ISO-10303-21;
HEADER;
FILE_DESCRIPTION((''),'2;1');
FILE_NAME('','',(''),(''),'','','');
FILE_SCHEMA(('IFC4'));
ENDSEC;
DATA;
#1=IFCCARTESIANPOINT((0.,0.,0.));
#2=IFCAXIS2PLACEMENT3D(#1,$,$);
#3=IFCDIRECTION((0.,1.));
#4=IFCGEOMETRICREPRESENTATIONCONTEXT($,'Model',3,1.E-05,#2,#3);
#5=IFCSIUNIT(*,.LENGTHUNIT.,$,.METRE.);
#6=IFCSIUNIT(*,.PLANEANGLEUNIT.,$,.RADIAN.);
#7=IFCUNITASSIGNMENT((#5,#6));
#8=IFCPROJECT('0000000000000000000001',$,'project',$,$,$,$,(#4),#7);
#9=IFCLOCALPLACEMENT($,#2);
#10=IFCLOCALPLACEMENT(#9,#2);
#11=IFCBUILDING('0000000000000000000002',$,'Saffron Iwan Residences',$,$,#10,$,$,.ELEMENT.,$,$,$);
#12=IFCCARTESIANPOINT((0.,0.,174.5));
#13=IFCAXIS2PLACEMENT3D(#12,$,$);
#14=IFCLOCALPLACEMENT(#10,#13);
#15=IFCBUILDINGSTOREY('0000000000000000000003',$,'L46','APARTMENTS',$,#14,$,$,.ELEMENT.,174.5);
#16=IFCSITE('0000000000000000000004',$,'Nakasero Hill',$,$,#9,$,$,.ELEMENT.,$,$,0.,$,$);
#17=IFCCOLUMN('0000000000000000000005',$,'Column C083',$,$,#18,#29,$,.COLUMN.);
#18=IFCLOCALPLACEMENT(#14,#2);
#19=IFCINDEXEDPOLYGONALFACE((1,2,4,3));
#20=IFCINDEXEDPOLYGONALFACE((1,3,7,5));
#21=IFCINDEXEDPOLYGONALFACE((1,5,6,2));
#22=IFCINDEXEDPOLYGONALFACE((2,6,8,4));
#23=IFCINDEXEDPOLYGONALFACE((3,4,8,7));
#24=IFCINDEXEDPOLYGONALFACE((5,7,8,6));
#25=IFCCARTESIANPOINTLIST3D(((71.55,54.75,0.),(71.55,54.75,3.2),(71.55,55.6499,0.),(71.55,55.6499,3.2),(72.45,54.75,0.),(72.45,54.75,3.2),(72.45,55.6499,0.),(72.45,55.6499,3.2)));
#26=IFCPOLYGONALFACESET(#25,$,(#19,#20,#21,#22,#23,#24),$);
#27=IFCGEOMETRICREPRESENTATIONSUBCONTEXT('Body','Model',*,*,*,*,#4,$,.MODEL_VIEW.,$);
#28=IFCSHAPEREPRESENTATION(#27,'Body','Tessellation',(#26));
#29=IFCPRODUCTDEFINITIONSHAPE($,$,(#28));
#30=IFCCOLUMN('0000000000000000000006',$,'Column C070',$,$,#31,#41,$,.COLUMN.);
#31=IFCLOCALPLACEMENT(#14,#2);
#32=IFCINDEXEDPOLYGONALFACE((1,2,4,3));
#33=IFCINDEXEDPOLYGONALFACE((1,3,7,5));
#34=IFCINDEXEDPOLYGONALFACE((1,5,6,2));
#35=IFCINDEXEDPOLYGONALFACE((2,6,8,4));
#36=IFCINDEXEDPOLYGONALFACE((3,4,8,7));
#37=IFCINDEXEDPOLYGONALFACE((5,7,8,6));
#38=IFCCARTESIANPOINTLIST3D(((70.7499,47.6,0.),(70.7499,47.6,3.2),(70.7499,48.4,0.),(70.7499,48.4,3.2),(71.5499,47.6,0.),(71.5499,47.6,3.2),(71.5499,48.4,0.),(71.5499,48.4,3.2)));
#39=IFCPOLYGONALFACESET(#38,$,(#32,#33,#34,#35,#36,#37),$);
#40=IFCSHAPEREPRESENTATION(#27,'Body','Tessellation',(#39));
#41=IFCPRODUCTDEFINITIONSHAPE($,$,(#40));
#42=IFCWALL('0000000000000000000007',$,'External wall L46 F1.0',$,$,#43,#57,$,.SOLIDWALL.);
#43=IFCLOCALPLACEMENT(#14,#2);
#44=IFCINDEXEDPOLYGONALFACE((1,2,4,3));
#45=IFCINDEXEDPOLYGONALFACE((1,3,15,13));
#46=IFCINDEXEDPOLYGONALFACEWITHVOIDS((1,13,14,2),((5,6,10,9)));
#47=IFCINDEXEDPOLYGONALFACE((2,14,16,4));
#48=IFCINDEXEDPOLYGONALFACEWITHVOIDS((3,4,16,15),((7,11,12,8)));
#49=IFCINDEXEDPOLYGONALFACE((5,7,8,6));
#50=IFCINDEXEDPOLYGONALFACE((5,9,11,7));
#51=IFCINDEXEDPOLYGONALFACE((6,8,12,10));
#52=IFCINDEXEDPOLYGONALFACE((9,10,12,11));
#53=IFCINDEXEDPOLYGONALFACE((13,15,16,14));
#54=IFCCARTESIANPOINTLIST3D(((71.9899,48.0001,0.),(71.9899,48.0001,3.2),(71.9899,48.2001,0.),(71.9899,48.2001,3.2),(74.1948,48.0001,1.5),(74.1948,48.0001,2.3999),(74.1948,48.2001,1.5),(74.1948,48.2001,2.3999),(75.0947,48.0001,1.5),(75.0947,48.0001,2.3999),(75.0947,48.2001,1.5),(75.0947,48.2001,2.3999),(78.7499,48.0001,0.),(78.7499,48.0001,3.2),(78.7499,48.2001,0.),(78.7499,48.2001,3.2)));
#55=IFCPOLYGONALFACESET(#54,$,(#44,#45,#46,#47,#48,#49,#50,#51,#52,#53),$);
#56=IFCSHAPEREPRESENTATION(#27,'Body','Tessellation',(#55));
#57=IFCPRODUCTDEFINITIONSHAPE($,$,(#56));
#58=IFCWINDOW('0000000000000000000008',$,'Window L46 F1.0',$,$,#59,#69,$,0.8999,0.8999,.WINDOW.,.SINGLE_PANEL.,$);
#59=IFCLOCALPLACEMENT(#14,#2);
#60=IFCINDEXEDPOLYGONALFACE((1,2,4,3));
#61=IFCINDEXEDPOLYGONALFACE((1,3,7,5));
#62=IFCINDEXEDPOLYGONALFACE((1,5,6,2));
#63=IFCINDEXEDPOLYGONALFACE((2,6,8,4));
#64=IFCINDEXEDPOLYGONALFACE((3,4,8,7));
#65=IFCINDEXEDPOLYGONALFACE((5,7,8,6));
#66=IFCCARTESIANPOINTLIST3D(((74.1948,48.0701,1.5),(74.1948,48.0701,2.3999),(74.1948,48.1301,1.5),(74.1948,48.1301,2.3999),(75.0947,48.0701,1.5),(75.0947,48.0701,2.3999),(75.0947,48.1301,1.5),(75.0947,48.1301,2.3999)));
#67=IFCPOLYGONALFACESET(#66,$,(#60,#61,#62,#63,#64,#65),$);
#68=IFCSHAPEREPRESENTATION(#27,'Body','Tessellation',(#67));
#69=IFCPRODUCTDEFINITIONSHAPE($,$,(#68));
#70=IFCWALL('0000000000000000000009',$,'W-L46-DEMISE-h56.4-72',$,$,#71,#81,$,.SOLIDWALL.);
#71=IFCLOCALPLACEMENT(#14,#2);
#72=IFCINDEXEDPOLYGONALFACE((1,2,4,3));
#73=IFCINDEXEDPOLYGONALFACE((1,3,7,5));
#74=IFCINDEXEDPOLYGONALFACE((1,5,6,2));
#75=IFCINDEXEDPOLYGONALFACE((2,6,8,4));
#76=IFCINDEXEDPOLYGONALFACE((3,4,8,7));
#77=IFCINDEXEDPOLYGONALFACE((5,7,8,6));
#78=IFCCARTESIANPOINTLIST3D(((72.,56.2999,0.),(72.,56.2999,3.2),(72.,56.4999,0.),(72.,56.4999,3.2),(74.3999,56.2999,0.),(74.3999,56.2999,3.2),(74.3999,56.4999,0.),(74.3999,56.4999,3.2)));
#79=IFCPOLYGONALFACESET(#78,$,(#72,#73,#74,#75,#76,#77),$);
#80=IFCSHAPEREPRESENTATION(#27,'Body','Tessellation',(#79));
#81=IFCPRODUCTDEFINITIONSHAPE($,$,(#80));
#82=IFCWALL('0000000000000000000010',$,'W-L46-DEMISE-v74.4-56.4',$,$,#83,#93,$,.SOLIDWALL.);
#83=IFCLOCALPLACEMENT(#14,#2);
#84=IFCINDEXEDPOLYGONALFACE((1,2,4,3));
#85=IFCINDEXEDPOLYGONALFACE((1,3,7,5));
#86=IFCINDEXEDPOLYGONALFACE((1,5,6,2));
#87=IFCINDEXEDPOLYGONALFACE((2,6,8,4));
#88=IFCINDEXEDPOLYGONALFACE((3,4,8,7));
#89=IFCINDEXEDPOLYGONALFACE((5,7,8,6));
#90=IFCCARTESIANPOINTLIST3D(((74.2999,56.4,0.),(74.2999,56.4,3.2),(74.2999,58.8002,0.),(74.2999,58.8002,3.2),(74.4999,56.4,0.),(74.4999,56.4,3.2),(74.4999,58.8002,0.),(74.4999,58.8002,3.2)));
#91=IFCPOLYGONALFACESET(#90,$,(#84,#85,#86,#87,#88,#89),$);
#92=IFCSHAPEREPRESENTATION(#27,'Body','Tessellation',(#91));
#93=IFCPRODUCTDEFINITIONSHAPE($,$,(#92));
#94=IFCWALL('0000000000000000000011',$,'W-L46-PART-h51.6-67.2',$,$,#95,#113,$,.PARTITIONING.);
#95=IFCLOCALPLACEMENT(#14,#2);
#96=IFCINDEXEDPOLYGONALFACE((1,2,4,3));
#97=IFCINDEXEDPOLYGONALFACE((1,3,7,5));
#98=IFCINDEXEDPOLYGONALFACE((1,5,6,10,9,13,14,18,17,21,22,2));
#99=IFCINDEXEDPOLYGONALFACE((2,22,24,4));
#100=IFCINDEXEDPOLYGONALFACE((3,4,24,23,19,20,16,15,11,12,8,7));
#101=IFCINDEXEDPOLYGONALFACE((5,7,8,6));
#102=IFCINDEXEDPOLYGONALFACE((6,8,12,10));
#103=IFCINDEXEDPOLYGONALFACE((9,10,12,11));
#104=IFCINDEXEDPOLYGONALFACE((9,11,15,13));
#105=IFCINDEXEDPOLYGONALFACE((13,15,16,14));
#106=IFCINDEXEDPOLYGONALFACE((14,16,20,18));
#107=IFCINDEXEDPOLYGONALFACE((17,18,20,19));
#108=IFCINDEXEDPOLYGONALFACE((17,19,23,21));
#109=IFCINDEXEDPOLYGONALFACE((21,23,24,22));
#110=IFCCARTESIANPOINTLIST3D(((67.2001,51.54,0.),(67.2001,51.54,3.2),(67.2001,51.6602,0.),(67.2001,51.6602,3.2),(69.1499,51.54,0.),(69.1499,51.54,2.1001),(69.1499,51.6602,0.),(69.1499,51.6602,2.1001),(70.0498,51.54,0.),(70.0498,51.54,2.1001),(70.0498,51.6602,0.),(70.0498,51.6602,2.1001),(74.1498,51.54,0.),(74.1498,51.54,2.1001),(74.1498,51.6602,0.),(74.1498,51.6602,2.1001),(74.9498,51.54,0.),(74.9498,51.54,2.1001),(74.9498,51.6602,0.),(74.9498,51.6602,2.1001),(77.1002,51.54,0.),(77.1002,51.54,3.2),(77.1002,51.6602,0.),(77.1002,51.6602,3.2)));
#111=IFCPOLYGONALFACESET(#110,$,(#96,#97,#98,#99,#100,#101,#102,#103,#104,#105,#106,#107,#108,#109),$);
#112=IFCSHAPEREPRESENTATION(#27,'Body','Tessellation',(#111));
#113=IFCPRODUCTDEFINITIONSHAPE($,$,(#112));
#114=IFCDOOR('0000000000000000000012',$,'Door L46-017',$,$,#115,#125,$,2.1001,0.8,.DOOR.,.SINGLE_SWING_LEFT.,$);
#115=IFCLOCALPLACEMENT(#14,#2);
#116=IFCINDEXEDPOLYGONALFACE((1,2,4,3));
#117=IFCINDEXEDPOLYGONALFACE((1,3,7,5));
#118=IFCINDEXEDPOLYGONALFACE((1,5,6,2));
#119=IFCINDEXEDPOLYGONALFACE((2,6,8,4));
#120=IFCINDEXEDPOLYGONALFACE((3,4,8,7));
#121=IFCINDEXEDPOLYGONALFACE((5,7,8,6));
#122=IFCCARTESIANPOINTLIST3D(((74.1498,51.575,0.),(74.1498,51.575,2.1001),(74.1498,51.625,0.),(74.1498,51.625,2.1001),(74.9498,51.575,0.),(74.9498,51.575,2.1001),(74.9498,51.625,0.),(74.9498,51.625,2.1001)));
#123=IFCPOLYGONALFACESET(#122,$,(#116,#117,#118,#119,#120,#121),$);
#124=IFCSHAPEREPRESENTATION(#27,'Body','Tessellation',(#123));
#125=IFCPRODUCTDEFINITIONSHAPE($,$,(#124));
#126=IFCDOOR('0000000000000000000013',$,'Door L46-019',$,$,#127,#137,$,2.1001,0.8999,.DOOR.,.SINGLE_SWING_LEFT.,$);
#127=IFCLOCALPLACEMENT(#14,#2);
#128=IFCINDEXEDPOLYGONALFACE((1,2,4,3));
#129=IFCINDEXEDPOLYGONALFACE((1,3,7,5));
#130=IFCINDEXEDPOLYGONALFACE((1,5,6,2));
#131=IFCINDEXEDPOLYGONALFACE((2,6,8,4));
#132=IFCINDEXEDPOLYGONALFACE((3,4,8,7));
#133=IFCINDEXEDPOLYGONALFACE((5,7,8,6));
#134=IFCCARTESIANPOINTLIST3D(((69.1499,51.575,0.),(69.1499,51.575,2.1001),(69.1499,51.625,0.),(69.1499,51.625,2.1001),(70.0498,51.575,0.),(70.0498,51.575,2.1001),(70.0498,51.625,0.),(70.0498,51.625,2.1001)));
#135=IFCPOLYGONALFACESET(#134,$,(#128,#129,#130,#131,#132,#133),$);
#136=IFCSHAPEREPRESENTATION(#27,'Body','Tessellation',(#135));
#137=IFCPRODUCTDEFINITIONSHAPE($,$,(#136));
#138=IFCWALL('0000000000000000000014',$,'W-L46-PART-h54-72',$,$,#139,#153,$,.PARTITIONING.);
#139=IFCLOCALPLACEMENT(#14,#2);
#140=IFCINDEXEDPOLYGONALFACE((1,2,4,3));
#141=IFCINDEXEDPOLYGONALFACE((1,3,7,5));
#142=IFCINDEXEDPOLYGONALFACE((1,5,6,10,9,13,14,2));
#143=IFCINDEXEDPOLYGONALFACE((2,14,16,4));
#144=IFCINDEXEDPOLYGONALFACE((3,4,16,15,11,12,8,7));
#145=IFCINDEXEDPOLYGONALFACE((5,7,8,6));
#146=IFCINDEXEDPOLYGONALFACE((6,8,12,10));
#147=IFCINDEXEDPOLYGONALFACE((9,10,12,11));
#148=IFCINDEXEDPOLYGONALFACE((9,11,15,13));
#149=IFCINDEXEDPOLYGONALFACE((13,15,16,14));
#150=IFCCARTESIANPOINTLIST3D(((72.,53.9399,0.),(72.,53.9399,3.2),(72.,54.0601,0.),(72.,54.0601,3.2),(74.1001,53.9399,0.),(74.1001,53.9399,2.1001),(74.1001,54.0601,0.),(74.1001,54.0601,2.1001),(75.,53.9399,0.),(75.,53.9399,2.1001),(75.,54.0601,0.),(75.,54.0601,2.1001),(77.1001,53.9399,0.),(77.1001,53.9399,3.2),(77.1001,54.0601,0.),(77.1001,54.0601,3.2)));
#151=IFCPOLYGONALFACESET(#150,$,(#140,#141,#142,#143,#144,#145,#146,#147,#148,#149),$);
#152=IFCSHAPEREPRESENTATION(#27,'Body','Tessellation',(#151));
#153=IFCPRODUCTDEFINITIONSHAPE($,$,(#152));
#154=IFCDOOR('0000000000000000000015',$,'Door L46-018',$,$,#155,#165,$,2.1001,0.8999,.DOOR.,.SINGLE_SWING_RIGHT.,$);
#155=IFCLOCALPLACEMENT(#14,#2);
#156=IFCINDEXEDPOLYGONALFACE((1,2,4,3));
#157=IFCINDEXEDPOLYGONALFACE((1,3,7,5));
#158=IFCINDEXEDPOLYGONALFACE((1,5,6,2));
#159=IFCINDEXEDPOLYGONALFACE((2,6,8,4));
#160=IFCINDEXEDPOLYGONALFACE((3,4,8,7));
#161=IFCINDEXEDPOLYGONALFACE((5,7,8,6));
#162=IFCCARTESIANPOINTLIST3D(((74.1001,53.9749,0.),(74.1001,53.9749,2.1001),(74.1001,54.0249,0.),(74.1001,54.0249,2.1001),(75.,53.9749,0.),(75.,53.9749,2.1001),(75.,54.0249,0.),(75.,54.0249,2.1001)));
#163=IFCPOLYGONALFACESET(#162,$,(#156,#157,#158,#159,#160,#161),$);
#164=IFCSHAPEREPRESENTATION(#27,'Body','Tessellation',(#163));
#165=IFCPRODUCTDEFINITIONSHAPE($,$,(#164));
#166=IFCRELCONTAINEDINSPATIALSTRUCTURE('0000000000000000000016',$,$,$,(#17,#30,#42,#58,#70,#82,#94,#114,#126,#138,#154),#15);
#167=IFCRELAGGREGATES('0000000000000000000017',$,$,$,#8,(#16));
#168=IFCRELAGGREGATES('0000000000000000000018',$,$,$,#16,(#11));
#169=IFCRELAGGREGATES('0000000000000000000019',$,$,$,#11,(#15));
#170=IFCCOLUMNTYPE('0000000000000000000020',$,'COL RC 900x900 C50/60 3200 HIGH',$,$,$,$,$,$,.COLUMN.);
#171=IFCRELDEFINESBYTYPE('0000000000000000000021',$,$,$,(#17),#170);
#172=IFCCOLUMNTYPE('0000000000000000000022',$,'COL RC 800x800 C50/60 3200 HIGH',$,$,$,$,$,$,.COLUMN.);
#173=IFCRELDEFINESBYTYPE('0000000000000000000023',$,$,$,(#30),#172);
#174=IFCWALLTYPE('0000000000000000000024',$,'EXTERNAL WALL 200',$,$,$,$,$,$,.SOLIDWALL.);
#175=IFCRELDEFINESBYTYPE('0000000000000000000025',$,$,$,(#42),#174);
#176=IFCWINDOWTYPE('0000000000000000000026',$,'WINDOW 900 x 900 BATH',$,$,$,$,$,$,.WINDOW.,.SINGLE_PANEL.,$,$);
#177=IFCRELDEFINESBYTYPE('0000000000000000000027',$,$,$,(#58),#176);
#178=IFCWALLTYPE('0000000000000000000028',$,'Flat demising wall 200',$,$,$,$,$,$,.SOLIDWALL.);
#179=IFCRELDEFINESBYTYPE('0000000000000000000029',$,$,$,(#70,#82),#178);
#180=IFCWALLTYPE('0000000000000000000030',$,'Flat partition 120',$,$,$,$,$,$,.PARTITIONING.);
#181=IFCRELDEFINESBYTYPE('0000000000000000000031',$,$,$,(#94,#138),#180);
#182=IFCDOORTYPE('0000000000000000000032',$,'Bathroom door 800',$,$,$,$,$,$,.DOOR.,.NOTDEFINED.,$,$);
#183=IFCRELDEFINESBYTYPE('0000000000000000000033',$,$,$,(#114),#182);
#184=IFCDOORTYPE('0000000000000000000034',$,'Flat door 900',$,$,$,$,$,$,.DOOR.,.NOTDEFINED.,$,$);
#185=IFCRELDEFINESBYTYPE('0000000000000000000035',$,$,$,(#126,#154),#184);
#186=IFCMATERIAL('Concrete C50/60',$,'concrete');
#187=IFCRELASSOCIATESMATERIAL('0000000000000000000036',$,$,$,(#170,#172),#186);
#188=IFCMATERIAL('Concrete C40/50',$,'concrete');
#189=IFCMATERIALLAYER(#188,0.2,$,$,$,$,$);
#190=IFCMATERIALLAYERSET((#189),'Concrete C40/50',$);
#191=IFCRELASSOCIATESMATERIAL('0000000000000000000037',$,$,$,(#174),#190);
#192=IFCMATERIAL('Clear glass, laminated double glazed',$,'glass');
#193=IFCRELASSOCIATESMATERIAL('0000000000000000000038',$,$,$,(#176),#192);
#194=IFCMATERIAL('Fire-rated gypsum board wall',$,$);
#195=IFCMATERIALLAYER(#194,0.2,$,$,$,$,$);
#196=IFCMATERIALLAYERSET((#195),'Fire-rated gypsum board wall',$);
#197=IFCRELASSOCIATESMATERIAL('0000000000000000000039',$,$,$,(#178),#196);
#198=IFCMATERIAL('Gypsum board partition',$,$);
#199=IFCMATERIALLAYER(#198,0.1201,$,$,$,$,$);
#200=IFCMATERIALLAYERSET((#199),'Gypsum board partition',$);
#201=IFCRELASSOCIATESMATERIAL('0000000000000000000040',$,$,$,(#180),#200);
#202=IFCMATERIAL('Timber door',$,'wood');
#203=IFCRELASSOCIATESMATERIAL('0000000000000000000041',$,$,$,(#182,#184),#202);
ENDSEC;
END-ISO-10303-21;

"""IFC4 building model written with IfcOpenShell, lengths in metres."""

from ifc_helpers import new_model, si_unit, direction, frame, frame_2d, origin, origin_2d, place, context, subcontext, project, spatial, rectangle, extrude, source, transform, mapped, material, layer, layer_set, material_profile, profile_set, type_object, element, fill, save


model = new_model("IFC4")

# Units and contexts
model_context = context("Model", 3, precision=1e-05, world=origin(), true_north=direction((0.0, 1.0)))
body_context = subcontext(model_context, "Body", "Model", "MODEL_VIEW")
ifc_project = project(units=[si_unit("LENGTHUNIT", "METRE"), si_unit("PLANEANGLEUNIT", "RADIAN")], contexts=[model_context])

# Site, building, storey
site_placement = place(None, origin())
site = spatial("IfcSite", under=ifc_project, at=site_placement, Name="Nakasero Hill", CompositionType="ELEMENT", RefElevation=0.0)
building_placement = place(site_placement, origin())
building = spatial("IfcBuilding", under=site, at=building_placement, Name="Saffron Iwan Residences", CompositionType="ELEMENT")
storey_placement = place(building_placement, frame((0.0, 0.0, 174.5)))
storey = spatial("IfcBuildingStorey", under=building, at=storey_placement, Name="L46", Description="APARTMENTS", CompositionType="ELEMENT", Elevation=174.5)

# Columns
ifc_material_1 = material(Name="Concrete C50/60", Category="concrete")
ifc_material_profile_1 = material_profile(ifc_material_1, rectangle(XDim=0.8999, YDim=0.8999, at=origin_2d()), Name="RC 900x900")
ifc_profile_set_1 = profile_set([ifc_material_profile_1], Name="Concrete C50/60")
column_type_1 = type_object("IfcColumnType", Name="COL RC 900x900 C50/60 3200 HIGH", PredefinedType="COLUMN", material=ifc_profile_set_1)
shared_shape_1 = source(origin(), body_context, "Body", "SweptSolid", [
    extrude(rectangle(XDim=0.8999, YDim=0.8999, at=origin_2d()), origin(), (0.0, 0.0, 1.0), 3.2),
])
column_1_placement = place(storey_placement, frame((72.0, 55.2, 0.0), z_axis=(0.0, 0.0, 1.0), x_axis=(1.0, 0.0, 0.0)))
element("IfcColumn", 1, at=column_1_placement, inside=storey, type_object=column_type_1, Name="Column C083", PredefinedType="COLUMN", context=body_context, shape_type="MappedRepresentation", body=[
    mapped(shared_shape_1, transform((0.0, 0.0, 0.0))),
])
ifc_material_profile_2 = material_profile(ifc_material_1, rectangle(XDim=0.8, YDim=0.8, at=origin_2d()), Name="RC 800x800")
ifc_profile_set_2 = profile_set([ifc_material_profile_2], Name="Concrete C50/60")
column_type_2 = type_object("IfcColumnType", Name="COL RC 800x800 C50/60 3200 HIGH", PredefinedType="COLUMN", material=ifc_profile_set_2)
shared_shape_2 = source(origin(), body_context, "Body", "SweptSolid", [
    extrude(rectangle(XDim=0.8, YDim=0.8, at=origin_2d()), origin(), (0.0, 0.0, 1.0), 3.2),
])
column_2_placement = place(storey_placement, frame((71.1499, 48.0, 0.0), z_axis=(0.0, 0.0, 1.0), x_axis=(1.0, 0.0, 0.0)))
element("IfcColumn", 2, at=column_2_placement, inside=storey, type_object=column_type_2, Name="Column C070", PredefinedType="COLUMN", context=body_context, shape_type="MappedRepresentation", body=[
    mapped(shared_shape_2, transform((0.0, 0.0, 0.0))),
])

# Wall, opening, window
ifc_material_2 = material(Name="Concrete C40/50", Category="concrete")
ifc_layer_1 = layer(ifc_material_2, 0.2)
ifc_layer_set_1 = layer_set([ifc_layer_1], Name="Concrete C40/50")
wall_type_1 = type_object("IfcWallType", Name="EXTERNAL WALL 200", PredefinedType="SOLIDWALL", material=ifc_layer_set_1)
wall_1_placement = place(storey_placement, frame((71.99, 48.1001, 0.0), z_axis=(0.0, 0.0, 1.0), x_axis=(1.0, 0.0, 0.0)))
wall_1 = element("IfcWall", 3, at=wall_1_placement, inside=storey, type_object=wall_type_1, Name="External wall L46 F1.0", PredefinedType="SOLIDWALL", context=body_context, shape_type="SweptSolid", body=[
    extrude(rectangle(XDim=6.76, YDim=0.2, at=frame_2d((3.3799, 0.0))), origin(), (0.0, 0.0, 1.0), 3.2),
])
opening_1_placement = place(wall_1_placement, frame((2.2048, 0.0, 1.5)))
opening_1 = element("IfcOpeningElement", 4, at=opening_1_placement, cuts=wall_1, PredefinedType="OPENING", context=body_context, shape_type="SweptSolid", body=[
    extrude(rectangle(XDim=0.8999, YDim=0.8999, at=frame_2d((0.45, 0.45))), frame((0.0, 0.1099, 0.0), z_axis=(0.0, -1.0, 0.0), x_axis=(1.0, 0.0, 0.0)), (0.0, 0.0, 1.0), 0.22),
])
ifc_material_3 = material(Name="Clear glass, laminated double glazed", Category="glass")
window_type = type_object("IfcWindowType", Name="WINDOW 900 x 900 BATH", PartitioningType="SINGLE_PANEL", PredefinedType="WINDOW", material=ifc_material_3)
window_placement = place(opening_1_placement, origin())
window = element("IfcWindow", 5, at=window_placement, inside=storey, type_object=window_type, Name="Window L46 F1.0", OverallHeight=0.8999, OverallWidth=0.8999, PartitioningType="SINGLE_PANEL", PredefinedType="WINDOW", context=body_context, shape_type="SweptSolid", body=[
    extrude(rectangle(XDim=0.8999, YDim=0.8999, at=frame_2d((0.45, 0.45))), frame((0.0, 0.03, 0.0), z_axis=(0.0, -1.0, 0.0), x_axis=(1.0, 0.0, 0.0)), (0.0, 0.0, 1.0), 0.0601),
])
fill(opening_1, window)

# Walls
ifc_material_4 = material(Name="Fire-rated gypsum board wall")
ifc_layer_2 = layer(ifc_material_4, 0.2)
ifc_layer_set_2 = layer_set([ifc_layer_2], Name="Fire-rated gypsum board wall")
wall_type_2 = type_object("IfcWallType", Name="Flat demising wall 200", PredefinedType="SOLIDWALL", material=ifc_layer_set_2)
wall_2_placement = place(storey_placement, frame((72.0, 56.3999, 0.0), z_axis=(0.0, 0.0, 1.0), x_axis=(1.0, 0.0, 0.0)))
element("IfcWall", 6, at=wall_2_placement, inside=storey, type_object=wall_type_2, Name="W-L46-DEMISE-h56.4-72", PredefinedType="SOLIDWALL", context=body_context, shape_type="SweptSolid", body=[
    extrude(rectangle(XDim=2.3999, YDim=0.2, at=frame_2d((1.2, 0.0))), origin(), (0.0, 0.0, 1.0), 3.2),
])
wall_3_placement = place(storey_placement, frame((74.3999, 56.3999, 0.0), z_axis=(0.0, 0.0, 1.0), x_axis=(0.0, 1.0, 0.0)))
element("IfcWall", 7, at=wall_3_placement, inside=storey, type_object=wall_type_2, Name="W-L46-DEMISE-v74.4-56.4", PredefinedType="SOLIDWALL", context=body_context, shape_type="SweptSolid", body=[
    extrude(rectangle(XDim=2.4001, YDim=0.2, at=frame_2d((1.2002, 0.0))), origin(), (0.0, 0.0, 1.0), 3.2),
])

# Wall, openings, doors
ifc_material_5 = material(Name="Gypsum board partition")
ifc_layer_3 = layer(ifc_material_5, 0.1201)
ifc_layer_set_3 = layer_set([ifc_layer_3], Name="Gypsum board partition")
wall_type_3 = type_object("IfcWallType", Name="Flat partition 120", PredefinedType="PARTITIONING", material=ifc_layer_set_3)
wall_4_placement = place(storey_placement, frame((67.2, 51.6001, 0.0), z_axis=(0.0, 0.0, 1.0), x_axis=(1.0, 0.0, 0.0)))
wall_4 = element("IfcWall", 8, at=wall_4_placement, inside=storey, type_object=wall_type_3, Name="W-L46-PART-h51.6-67.2", PredefinedType="PARTITIONING", context=body_context, shape_type="SweptSolid", body=[
    extrude(rectangle(XDim=9.9001, YDim=0.1201, at=frame_2d((4.9502, 0.0))), origin(), (0.0, 0.0, 1.0), 3.2),
])
opening_2_placement = place(wall_4_placement, frame((6.95, 0.0, 0.0)))
opening_2 = element("IfcOpeningElement", 9, at=opening_2_placement, cuts=wall_4, PredefinedType="OPENING", context=body_context, shape_type="SweptSolid", body=[
    extrude(rectangle(XDim=0.8, YDim=2.1001, at=frame_2d((0.3999, 1.05))), frame((0.0, 0.0701, 0.0), z_axis=(0.0, -1.0, 0.0), x_axis=(1.0, 0.0, 0.0)), (0.0, 0.0, 1.0), 0.1401),
])
opening_3_placement = place(wall_4_placement, frame((1.95, 0.0, 0.0)))
opening_3 = element("IfcOpeningElement", 10, at=opening_3_placement, cuts=wall_4, PredefinedType="OPENING", context=body_context, shape_type="SweptSolid", body=[
    extrude(rectangle(XDim=0.8999, YDim=2.1001, at=frame_2d((0.45, 1.05))), frame((0.0, 0.0701, 0.0), z_axis=(0.0, -1.0, 0.0), x_axis=(1.0, 0.0, 0.0)), (0.0, 0.0, 1.0), 0.1401),
])
ifc_material_6 = material(Name="Timber door", Category="wood")
door_type_1 = type_object("IfcDoorType", Name="Bathroom door 800", OperationType="NOTDEFINED", PredefinedType="DOOR", material=ifc_material_6)
door_1_placement = place(opening_2_placement, origin())
door_1 = element("IfcDoor", 11, at=door_1_placement, inside=storey, type_object=door_type_1, Name="Door L46-017", OperationType="SINGLE_SWING_LEFT", OverallHeight=2.1001, OverallWidth=0.8, PredefinedType="DOOR", context=body_context, shape_type="SweptSolid", body=[
    extrude(rectangle(XDim=0.8, YDim=2.1001, at=frame_2d((0.3999, 1.05))), frame((0.0, 0.0249, 0.0), z_axis=(0.0, -1.0, 0.0), x_axis=(1.0, 0.0, 0.0)), (0.0, 0.0, 1.0), 0.05),
])
fill(opening_2, door_1)
door_type_2 = type_object("IfcDoorType", Name="Flat door 900", OperationType="NOTDEFINED", PredefinedType="DOOR", material=ifc_material_6)
door_2_placement = place(opening_3_placement, origin())
door_2 = element("IfcDoor", 12, at=door_2_placement, inside=storey, type_object=door_type_2, Name="Door L46-019", OperationType="SINGLE_SWING_LEFT", OverallHeight=2.1001, OverallWidth=0.8999, PredefinedType="DOOR", context=body_context, shape_type="SweptSolid", body=[
    extrude(rectangle(XDim=0.8999, YDim=2.1001, at=frame_2d((0.45, 1.05))), frame((0.0, 0.0249, 0.0), z_axis=(0.0, -1.0, 0.0), x_axis=(1.0, 0.0, 0.0)), (0.0, 0.0, 1.0), 0.05),
])
fill(opening_3, door_2)

# Wall, opening, door
wall_5_placement = place(storey_placement, frame((72.0, 54.0, 0.0), z_axis=(0.0, 0.0, 1.0), x_axis=(1.0, 0.0, 0.0)))
wall_5 = element("IfcWall", 13, at=wall_5_placement, inside=storey, type_object=wall_type_3, Name="W-L46-PART-h54-72", PredefinedType="PARTITIONING", context=body_context, shape_type="SweptSolid", body=[
    extrude(rectangle(XDim=5.1001, YDim=0.1201, at=frame_2d((2.55, 0.0))), origin(), (0.0, 0.0, 1.0), 3.2),
])
opening_4_placement = place(wall_5_placement, frame((2.1001, 0.0, 0.0)))
opening_4 = element("IfcOpeningElement", 14, at=opening_4_placement, cuts=wall_5, PredefinedType="OPENING", context=body_context, shape_type="SweptSolid", body=[
    extrude(rectangle(XDim=0.8999, YDim=2.1001, at=frame_2d((0.45, 1.05))), frame((0.0, 0.0701, 0.0), z_axis=(0.0, -1.0, 0.0), x_axis=(1.0, 0.0, 0.0)), (0.0, 0.0, 1.0), 0.1401),
])
door_3_placement = place(opening_4_placement, origin())
door_3 = element("IfcDoor", 15, at=door_3_placement, inside=storey, type_object=door_type_2, Name="Door L46-018", OperationType="SINGLE_SWING_RIGHT", OverallHeight=2.1001, OverallWidth=0.8999, PredefinedType="DOOR", context=body_context, shape_type="SweptSolid", body=[
    extrude(rectangle(XDim=0.8999, YDim=2.1001, at=frame_2d((0.45, 1.05))), frame((0.0, 0.0249, 0.0), z_axis=(0.0, -1.0, 0.0), x_axis=(1.0, 0.0, 0.0)), (0.0, 0.0, 1.0), 0.05),
])
fill(opening_4, door_3)

save(model, "model.ifc")
